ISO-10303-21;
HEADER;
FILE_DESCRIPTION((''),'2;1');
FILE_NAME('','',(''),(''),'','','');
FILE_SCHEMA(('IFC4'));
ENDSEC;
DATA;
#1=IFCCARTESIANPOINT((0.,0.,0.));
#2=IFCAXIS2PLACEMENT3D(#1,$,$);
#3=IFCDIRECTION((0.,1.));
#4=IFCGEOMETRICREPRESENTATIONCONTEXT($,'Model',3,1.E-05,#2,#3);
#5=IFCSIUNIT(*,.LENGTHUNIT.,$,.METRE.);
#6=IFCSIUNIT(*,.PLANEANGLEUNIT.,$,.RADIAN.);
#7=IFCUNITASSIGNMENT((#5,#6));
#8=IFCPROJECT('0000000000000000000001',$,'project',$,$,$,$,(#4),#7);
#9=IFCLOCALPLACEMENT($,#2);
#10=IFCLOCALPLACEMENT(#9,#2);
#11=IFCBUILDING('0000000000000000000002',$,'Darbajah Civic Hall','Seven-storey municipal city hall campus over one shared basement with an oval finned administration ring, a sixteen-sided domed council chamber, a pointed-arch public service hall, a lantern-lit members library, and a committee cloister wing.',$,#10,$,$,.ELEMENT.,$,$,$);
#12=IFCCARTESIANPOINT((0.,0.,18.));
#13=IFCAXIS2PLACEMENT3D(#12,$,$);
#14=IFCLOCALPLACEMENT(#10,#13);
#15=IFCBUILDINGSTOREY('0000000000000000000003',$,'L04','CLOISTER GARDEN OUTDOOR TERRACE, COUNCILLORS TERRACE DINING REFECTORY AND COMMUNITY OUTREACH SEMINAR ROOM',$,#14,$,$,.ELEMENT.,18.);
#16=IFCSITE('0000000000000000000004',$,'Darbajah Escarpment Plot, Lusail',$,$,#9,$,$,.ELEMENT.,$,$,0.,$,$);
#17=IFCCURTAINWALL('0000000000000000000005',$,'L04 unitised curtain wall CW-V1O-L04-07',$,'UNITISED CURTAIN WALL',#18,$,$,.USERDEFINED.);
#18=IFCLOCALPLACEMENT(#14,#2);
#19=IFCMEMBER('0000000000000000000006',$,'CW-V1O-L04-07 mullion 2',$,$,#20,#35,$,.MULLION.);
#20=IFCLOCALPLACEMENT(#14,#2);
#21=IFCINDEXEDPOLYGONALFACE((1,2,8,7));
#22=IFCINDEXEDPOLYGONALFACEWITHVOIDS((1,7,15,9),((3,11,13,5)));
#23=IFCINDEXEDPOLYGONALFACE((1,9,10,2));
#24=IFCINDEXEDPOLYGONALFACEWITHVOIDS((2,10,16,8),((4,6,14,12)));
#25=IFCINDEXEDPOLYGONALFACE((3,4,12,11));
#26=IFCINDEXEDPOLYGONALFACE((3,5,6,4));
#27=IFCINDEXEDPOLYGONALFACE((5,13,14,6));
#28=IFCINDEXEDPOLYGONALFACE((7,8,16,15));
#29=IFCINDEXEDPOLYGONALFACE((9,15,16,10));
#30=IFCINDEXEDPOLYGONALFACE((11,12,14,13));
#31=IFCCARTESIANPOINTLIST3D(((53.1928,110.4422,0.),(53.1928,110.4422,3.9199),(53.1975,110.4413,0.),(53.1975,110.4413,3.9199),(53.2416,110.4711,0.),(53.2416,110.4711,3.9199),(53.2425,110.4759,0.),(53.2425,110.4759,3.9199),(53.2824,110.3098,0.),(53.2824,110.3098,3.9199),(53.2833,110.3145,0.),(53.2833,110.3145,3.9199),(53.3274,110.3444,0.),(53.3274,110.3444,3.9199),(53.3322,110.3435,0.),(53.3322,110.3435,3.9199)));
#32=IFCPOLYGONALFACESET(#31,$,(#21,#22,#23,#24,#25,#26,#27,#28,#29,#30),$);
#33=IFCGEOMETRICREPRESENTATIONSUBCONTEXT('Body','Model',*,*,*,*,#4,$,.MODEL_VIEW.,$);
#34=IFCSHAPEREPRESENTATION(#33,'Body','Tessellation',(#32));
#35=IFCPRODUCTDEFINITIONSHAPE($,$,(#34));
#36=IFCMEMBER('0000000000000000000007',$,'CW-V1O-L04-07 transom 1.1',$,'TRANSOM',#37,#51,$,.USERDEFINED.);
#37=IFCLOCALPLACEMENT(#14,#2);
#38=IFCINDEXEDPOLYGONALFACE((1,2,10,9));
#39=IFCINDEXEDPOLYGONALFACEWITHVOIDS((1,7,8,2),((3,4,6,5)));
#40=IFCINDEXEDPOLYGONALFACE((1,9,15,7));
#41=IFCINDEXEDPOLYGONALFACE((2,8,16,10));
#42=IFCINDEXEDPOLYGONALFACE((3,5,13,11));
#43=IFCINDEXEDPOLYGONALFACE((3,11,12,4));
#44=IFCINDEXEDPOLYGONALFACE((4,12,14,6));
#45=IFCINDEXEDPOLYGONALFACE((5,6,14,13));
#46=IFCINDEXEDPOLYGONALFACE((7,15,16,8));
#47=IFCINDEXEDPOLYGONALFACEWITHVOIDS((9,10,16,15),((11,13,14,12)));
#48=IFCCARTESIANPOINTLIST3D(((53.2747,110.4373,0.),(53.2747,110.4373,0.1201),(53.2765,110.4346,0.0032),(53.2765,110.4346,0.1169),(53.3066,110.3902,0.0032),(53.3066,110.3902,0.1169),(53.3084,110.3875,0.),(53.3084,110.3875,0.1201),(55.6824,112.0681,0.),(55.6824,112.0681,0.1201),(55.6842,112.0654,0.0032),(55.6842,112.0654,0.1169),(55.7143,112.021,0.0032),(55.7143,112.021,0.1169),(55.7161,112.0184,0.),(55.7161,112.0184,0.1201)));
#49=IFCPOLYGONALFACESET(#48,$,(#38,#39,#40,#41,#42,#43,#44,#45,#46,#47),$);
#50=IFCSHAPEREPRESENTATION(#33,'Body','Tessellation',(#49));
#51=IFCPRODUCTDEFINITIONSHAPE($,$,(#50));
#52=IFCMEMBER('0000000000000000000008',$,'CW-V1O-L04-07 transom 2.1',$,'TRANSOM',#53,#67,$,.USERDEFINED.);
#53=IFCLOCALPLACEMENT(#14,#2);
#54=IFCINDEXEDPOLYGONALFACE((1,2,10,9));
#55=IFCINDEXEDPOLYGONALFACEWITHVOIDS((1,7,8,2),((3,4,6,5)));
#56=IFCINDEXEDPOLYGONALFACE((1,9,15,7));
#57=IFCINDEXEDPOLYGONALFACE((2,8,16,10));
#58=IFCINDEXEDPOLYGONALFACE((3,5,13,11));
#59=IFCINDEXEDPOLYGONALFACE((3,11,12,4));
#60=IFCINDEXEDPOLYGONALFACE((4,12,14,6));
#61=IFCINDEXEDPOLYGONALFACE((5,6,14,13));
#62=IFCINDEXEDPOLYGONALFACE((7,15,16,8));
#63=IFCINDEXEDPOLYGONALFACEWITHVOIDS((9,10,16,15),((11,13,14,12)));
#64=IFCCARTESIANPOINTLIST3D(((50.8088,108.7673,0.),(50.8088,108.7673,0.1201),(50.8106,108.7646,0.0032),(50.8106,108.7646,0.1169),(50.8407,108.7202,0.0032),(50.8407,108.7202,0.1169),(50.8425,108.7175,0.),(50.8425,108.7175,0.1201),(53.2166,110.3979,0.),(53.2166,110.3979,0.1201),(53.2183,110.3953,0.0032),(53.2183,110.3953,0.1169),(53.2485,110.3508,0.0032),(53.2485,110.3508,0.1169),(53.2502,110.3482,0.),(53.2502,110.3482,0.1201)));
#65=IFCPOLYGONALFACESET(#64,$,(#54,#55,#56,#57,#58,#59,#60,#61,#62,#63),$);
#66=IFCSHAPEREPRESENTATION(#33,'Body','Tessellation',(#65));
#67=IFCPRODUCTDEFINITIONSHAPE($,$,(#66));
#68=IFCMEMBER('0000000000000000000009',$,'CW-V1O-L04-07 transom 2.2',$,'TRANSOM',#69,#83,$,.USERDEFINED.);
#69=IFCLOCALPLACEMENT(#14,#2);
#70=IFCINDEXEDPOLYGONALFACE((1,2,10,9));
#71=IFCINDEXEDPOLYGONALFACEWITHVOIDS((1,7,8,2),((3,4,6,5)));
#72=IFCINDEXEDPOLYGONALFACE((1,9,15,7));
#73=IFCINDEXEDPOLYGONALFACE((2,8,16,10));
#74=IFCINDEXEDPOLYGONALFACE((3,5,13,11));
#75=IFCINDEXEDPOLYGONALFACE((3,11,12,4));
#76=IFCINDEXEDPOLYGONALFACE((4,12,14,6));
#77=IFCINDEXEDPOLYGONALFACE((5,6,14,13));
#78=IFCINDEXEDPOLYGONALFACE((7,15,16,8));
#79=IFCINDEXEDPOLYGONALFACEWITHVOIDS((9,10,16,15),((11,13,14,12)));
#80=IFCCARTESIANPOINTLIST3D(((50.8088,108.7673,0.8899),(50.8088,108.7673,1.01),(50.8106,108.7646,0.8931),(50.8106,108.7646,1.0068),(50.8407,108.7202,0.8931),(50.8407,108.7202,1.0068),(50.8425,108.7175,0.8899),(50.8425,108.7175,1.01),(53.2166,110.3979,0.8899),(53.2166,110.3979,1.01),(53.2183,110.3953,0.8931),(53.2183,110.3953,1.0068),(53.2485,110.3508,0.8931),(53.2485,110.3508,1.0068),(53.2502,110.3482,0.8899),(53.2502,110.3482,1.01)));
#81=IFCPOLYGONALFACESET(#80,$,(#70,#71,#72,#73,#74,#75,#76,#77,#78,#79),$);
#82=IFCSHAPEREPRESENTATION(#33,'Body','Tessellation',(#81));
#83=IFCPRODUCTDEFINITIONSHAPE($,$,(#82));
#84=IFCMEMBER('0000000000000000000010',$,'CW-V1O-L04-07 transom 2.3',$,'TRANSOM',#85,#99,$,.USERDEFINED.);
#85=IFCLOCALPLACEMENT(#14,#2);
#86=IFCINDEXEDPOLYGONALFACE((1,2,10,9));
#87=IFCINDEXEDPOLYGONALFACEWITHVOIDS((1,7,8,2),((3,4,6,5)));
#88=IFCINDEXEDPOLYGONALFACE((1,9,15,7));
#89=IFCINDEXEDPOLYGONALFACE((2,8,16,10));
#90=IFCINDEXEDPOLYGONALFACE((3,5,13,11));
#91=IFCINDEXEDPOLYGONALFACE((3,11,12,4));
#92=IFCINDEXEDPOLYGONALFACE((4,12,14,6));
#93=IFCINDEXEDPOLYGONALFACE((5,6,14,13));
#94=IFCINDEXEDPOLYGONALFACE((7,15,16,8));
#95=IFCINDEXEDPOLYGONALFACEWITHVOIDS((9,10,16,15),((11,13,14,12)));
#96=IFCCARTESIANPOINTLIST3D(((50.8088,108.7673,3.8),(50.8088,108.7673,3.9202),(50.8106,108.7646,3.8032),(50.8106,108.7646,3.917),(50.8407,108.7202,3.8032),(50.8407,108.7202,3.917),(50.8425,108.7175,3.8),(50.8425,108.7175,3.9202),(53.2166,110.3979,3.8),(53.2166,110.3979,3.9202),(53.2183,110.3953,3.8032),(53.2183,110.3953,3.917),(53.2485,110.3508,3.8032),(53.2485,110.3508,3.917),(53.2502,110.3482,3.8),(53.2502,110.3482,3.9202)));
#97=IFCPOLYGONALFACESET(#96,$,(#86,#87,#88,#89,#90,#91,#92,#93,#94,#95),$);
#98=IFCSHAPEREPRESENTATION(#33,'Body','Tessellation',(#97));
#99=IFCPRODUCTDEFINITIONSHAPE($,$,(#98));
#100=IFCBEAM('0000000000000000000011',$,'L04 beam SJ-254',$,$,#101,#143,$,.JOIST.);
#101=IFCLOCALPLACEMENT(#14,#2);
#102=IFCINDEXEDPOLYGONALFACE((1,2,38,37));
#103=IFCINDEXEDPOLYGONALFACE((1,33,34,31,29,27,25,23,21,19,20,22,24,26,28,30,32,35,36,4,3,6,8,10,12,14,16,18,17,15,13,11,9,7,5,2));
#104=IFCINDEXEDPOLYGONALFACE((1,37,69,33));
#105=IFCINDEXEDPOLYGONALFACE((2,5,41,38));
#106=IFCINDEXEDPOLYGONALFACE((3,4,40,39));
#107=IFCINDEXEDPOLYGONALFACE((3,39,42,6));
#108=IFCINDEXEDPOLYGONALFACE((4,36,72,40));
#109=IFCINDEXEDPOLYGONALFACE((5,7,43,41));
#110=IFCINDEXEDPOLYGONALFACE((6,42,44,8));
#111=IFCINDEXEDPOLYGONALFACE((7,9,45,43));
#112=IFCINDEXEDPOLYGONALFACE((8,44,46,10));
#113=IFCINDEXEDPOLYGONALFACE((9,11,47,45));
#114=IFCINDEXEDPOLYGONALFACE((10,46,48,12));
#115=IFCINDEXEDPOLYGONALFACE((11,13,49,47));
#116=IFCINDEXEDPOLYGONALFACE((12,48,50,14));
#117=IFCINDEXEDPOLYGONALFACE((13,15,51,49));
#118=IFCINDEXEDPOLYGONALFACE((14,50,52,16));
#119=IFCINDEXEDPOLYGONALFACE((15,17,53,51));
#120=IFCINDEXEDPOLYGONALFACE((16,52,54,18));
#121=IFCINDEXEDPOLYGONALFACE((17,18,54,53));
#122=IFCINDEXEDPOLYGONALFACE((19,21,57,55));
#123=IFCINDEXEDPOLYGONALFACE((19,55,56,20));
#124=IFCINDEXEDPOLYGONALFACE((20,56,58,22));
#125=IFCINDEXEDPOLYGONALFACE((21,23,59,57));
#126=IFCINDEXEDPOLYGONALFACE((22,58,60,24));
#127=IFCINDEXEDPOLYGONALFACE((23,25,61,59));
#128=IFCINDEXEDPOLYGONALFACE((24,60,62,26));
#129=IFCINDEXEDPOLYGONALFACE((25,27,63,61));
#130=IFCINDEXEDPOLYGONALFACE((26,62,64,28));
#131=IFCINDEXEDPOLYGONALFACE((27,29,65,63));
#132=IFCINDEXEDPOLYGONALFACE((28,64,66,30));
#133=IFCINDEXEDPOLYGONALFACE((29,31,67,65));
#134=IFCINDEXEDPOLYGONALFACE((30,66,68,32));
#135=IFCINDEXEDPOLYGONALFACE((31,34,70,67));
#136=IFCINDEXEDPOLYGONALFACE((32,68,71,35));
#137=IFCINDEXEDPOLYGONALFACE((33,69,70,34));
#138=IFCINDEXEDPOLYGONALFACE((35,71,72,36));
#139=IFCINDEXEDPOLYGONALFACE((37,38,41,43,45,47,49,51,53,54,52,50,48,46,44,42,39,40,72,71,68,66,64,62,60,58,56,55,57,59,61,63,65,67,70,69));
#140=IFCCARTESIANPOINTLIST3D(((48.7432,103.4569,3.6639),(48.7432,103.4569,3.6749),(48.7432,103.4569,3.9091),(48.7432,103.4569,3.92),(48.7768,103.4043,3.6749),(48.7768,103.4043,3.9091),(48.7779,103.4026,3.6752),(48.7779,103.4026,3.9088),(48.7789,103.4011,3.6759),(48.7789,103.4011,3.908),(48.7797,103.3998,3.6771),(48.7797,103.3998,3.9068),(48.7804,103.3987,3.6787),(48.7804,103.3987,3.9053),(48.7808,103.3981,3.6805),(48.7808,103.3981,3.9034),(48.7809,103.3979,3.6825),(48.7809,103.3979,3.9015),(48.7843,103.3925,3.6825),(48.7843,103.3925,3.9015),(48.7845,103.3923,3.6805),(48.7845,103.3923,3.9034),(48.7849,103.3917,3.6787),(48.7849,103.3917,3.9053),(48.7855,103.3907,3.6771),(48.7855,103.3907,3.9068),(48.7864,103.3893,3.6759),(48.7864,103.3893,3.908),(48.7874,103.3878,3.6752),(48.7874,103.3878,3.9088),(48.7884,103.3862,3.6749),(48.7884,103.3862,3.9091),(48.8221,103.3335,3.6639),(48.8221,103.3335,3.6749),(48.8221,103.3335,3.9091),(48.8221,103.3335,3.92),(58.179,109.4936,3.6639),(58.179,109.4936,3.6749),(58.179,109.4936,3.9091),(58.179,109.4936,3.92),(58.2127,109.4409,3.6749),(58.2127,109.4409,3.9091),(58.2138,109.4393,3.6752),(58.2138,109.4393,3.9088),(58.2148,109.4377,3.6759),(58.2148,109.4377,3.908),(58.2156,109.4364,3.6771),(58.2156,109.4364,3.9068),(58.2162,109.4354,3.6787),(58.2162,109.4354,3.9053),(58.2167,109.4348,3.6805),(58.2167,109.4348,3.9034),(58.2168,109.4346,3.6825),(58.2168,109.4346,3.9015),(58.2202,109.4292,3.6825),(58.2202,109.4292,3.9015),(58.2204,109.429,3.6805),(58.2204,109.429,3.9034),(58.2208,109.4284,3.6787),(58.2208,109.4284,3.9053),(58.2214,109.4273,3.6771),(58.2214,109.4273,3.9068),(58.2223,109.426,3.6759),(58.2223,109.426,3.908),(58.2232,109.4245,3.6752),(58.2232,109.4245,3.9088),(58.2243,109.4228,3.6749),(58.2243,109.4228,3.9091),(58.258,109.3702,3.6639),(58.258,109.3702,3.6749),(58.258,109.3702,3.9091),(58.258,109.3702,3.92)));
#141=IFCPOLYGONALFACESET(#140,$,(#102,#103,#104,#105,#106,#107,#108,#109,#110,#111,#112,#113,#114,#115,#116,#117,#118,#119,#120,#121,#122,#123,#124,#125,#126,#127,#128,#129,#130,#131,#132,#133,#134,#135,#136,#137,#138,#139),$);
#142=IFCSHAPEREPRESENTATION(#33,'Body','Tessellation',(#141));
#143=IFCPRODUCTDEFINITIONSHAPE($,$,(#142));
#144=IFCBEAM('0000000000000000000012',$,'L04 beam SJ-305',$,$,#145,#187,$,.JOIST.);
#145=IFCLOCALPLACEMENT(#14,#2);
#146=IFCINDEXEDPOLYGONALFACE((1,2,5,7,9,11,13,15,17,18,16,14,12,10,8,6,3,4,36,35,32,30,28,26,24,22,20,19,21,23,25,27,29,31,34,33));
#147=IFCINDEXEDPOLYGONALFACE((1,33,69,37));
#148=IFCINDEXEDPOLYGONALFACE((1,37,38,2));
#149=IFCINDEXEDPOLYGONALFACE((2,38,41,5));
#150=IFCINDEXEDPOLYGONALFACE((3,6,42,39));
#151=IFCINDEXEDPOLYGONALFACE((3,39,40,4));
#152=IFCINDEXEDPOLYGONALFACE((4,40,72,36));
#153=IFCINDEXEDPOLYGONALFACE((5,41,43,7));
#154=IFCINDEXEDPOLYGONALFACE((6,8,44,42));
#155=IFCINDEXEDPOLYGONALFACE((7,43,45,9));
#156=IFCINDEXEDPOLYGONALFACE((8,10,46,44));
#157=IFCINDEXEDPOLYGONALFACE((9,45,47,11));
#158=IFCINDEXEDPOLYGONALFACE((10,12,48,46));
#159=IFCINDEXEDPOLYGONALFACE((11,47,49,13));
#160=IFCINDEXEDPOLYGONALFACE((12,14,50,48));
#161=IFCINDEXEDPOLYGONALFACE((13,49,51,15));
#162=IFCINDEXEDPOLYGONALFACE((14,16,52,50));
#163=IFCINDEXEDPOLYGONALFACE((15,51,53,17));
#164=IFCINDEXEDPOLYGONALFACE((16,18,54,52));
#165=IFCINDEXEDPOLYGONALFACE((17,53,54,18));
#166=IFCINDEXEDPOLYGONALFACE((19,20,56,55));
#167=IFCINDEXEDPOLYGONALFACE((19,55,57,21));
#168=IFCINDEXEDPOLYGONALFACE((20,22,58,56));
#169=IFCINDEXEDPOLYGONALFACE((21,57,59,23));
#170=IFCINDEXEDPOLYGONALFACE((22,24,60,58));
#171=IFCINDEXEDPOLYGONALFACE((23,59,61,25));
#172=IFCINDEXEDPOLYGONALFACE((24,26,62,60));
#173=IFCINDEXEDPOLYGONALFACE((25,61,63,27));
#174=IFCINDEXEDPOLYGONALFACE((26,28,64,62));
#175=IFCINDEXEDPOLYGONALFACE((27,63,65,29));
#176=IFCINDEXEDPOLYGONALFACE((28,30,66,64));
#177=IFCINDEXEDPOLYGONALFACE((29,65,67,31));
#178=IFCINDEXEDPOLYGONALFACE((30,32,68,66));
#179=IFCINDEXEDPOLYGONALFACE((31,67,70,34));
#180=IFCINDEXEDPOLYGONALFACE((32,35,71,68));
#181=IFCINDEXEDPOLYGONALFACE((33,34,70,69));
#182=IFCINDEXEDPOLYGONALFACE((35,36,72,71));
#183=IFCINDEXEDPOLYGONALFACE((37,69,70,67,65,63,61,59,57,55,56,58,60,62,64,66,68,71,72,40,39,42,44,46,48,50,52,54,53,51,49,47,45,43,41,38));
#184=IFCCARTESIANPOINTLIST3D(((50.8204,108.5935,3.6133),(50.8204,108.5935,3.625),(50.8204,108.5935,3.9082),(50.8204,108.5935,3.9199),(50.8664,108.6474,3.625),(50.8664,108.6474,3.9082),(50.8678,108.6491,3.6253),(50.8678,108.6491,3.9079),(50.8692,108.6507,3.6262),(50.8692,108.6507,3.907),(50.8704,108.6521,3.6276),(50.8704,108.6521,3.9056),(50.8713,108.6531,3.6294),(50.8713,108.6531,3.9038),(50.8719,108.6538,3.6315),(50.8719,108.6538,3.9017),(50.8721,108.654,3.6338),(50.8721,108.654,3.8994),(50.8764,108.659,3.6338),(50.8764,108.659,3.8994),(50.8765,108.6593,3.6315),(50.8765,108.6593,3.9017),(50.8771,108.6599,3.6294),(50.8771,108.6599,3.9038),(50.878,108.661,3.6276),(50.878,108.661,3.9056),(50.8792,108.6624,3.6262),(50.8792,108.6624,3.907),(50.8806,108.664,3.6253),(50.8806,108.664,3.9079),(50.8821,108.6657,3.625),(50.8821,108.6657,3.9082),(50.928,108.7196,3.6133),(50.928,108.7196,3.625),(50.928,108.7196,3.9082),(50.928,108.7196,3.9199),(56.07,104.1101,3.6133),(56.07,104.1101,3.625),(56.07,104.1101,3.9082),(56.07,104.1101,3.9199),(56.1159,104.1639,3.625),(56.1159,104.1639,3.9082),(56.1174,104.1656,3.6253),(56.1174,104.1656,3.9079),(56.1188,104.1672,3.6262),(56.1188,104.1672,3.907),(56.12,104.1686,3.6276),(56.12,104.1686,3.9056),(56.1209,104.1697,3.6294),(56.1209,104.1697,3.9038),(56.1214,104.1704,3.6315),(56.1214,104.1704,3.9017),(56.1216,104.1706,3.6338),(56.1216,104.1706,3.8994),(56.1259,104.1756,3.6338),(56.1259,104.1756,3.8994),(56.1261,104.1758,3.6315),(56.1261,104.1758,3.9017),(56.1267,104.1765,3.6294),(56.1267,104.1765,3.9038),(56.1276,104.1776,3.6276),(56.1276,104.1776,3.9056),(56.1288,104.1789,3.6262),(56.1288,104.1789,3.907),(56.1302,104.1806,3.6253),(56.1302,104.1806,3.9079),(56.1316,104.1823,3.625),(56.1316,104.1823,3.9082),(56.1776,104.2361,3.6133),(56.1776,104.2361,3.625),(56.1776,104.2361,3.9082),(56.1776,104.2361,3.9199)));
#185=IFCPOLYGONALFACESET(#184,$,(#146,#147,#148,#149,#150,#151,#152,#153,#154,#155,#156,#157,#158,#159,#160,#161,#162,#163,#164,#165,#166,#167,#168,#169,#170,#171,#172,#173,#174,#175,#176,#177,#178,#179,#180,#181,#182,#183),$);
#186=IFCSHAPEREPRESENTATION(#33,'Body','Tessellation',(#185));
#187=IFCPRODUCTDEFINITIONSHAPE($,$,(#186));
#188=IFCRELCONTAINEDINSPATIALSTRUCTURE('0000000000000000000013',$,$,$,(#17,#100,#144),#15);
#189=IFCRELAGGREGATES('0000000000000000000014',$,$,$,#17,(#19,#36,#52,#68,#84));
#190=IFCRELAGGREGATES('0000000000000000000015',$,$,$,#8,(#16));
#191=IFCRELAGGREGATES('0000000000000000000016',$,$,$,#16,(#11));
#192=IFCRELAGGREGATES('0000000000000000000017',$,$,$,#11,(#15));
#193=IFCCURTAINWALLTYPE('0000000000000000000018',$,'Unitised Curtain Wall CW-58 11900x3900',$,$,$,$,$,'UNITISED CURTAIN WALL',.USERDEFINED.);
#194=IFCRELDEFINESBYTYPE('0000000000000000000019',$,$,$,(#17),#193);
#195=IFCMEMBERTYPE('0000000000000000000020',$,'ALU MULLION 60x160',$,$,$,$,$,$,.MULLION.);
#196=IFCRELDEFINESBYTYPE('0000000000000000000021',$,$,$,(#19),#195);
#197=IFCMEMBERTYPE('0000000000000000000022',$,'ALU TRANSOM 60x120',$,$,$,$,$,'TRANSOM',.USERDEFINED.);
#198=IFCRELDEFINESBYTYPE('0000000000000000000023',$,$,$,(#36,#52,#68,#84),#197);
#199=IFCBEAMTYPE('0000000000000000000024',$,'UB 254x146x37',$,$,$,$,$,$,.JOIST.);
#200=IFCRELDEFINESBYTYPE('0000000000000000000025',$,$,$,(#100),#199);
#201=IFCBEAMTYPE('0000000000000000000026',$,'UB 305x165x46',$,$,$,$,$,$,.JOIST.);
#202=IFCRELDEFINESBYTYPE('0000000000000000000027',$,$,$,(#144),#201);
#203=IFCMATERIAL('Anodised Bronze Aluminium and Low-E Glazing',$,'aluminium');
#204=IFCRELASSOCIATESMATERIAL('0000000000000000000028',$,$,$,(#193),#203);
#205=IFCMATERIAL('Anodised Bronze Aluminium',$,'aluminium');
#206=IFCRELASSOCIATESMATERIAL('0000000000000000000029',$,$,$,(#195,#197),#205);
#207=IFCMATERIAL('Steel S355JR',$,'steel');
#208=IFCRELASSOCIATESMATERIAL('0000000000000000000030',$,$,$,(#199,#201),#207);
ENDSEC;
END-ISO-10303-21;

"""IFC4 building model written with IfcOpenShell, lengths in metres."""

from ifc_helpers import new_model, si_unit, direction, frame, origin, origin_2d, place, context, subcontext, project, spatial, hollow_rectangle, i_section, extrude, material, material_profile, profile_set, type_object, element, aggregate, save


model = new_model("IFC4")

# Units and contexts
model_context = context("Model", 3, precision=1e-05, world=origin(), true_north=direction((0.0, 1.0)))
body_context = subcontext(model_context, "Body", "Model", "MODEL_VIEW")
ifc_project = project(units=[si_unit("LENGTHUNIT", "METRE"), si_unit("PLANEANGLEUNIT", "RADIAN")], contexts=[model_context])

# Site, building, storey
site_placement = place(None, origin())
site = spatial("IfcSite", under=ifc_project, at=site_placement, Name="Darbajah Escarpment Plot, Lusail", CompositionType="ELEMENT", RefElevation=0.0)
building_placement = place(site_placement, origin())
building = spatial("IfcBuilding", under=site, at=building_placement, Name="Darbajah Civic Hall", Description="Seven-storey municipal city hall campus over one shared basement with an oval finned administration ring, a sixteen-sided domed council chamber, a pointed-arch public service hall, a lantern-lit members library, and a committee cloister wing.", CompositionType="ELEMENT")
storey_placement = place(building_placement, frame((0.0, 0.0, 18.0)))
storey = spatial("IfcBuildingStorey", under=building, at=storey_placement, Name="L04", Description="CLOISTER GARDEN OUTDOOR TERRACE, COUNCILLORS TERRACE DINING REFECTORY AND COMMUNITY OUTREACH SEMINAR ROOM", CompositionType="ELEMENT", Elevation=18.0)

# Curtain wall, members
ifc_material_1 = material(Name="Anodised Bronze Aluminium and Low-E Glazing", Category="aluminium")
curtain_wall_type = type_object("IfcCurtainWallType", Name="Unitised Curtain Wall CW-58 11900x3900", ElementType="UNITISED CURTAIN WALL", PredefinedType="USERDEFINED", material=ifc_material_1)
curtain_wall_placement = place(storey_placement, origin())
curtain_wall = element("IfcCurtainWall", 1, at=curtain_wall_placement, inside=storey, type_object=curtain_wall_type, Name="L04 unitised curtain wall CW-V1O-L04-07", ObjectType="UNITISED CURTAIN WALL", PredefinedType="USERDEFINED")
ifc_material_2 = material(Name="Anodised Bronze Aluminium", Category="aluminium")
ifc_material_profile_1 = material_profile(ifc_material_2, hollow_rectangle(XDim=0.0601, YDim=0.1599, WallThickness=0.0034, at=origin_2d()), Name="ALU MULLION 60x160")
ifc_profile_set_1 = profile_set([ifc_material_profile_1], Name="Anodised Bronze Aluminium")
member_type_1 = type_object("IfcMemberType", Name="ALU MULLION 60x160", PredefinedType="MULLION", material=ifc_profile_set_1)
member_1_placement = place(storey_placement, frame((53.2625, 110.3928, 0.0), z_axis=(0.0, 0.0, 1.0), x_axis=(-0.827962, -0.560784, 0.0)))
member_1 = element("IfcMember", 2, at=member_1_placement, type_object=member_type_1, Name="CW-V1O-L04-07 mullion 2", PredefinedType="MULLION", context=body_context, shape_type="SweptSolid", body=[
    extrude(hollow_rectangle(XDim=0.0601, YDim=0.1599, WallThickness=0.0034, at=origin_2d()), origin(), (0.0, 0.0, 1.0), 3.9199),
])
ifc_material_profile_2 = material_profile(ifc_material_2, hollow_rectangle(XDim=0.0601, YDim=0.1201, WallThickness=0.0032, at=origin_2d()), Name="ALU TRANSOM 60x120")
ifc_profile_set_2 = profile_set([ifc_material_profile_2], Name="Anodised Bronze Aluminium")
member_type_2 = type_object("IfcMemberType", Name="ALU TRANSOM 60x120", ElementType="TRANSOM", PredefinedType="USERDEFINED", material=ifc_profile_set_2)
member_2_placement = place(storey_placement, frame((55.6992, 112.0432, 0.0601), z_axis=(-0.827946, -0.560807, 0.0), x_axis=(0.560807, -0.827946, 0.0)))
member_2 = element("IfcMember", 3, at=member_2_placement, type_object=member_type_2, Name="CW-V1O-L04-07 transom 1.1", ObjectType="TRANSOM", PredefinedType="USERDEFINED", context=body_context, shape_type="SweptSolid", body=[
    extrude(hollow_rectangle(XDim=0.0601, YDim=0.1201, WallThickness=0.0032, at=origin_2d()), origin(), (0.0, 0.0, 1.0), 2.908),
])
member_3_placement = place(storey_placement, frame((53.2334, 110.373, 0.0601), z_axis=(-0.827985, -0.56075, 0.0), x_axis=(0.56075, -0.827985, 0.0)))
member_3 = element("IfcMember", 4, at=member_3_placement, type_object=member_type_2, Name="CW-V1O-L04-07 transom 2.1", ObjectType="TRANSOM", PredefinedType="USERDEFINED", context=body_context, shape_type="SweptSolid", body=[
    extrude(hollow_rectangle(XDim=0.0601, YDim=0.1201, WallThickness=0.0032, at=origin_2d()), origin(), (0.0, 0.0, 1.0), 2.908),
])
member_4_placement = place(storey_placement, frame((53.2334, 110.373, 0.95), z_axis=(-0.827985, -0.56075, 0.0), x_axis=(0.56075, -0.827985, 0.0)))
member_4 = element("IfcMember", 5, at=member_4_placement, type_object=member_type_2, Name="CW-V1O-L04-07 transom 2.2", ObjectType="TRANSOM", PredefinedType="USERDEFINED", context=body_context, shape_type="SweptSolid", body=[
    extrude(hollow_rectangle(XDim=0.0601, YDim=0.1201, WallThickness=0.0032, at=origin_2d()), origin(), (0.0, 0.0, 1.0), 2.908),
])
member_5_placement = place(storey_placement, frame((53.2334, 110.373, 3.8601), z_axis=(-0.827985, -0.56075, 0.0), x_axis=(0.56075, -0.827985, 0.0)))
member_5 = element("IfcMember", 6, at=member_5_placement, type_object=member_type_2, Name="CW-V1O-L04-07 transom 2.3", ObjectType="TRANSOM", PredefinedType="USERDEFINED", context=body_context, shape_type="SweptSolid", body=[
    extrude(hollow_rectangle(XDim=0.0601, YDim=0.1201, WallThickness=0.0032, at=origin_2d()), origin(), (0.0, 0.0, 1.0), 2.908),
])

# Beams
ifc_material_3 = material(Name="Steel S355JR", Category="steel")
ifc_material_profile_3 = material_profile(ifc_material_3, i_section(OverallWidth=0.1465, OverallDepth=0.2561, WebThickness=0.0063, FlangeThickness=0.011, FilletRadius=0.0076, at=origin_2d()), Name="UB 254x146x37")
ifc_profile_set_3 = profile_set([ifc_material_profile_3], Name="Steel S355JR")
beam_type_1 = type_object("IfcBeamType", Name="UB 254x146x37", PredefinedType="JOIST", material=ifc_profile_set_3)
beam_1_placement = place(storey_placement, frame((58.2185, 109.4319, 3.792), z_axis=(-0.842364, -0.538909, 0.0), x_axis=(0.538909, -0.842364, 0.0)))
element("IfcBeam", 7, at=beam_1_placement, inside=storey, type_object=beam_type_1, Name="L04 beam SJ-254", PredefinedType="JOIST", context=body_context, shape_type="SweptSolid", body=[
    extrude(i_section(OverallWidth=0.1465, OverallDepth=0.2561, WebThickness=0.0063, FlangeThickness=0.011, FilletRadius=0.0076, at=origin_2d()), origin(), (0.0, 0.0, 1.0), 11.2017),
])
ifc_material_profile_4 = material_profile(ifc_material_3, i_section(OverallWidth=0.1658, OverallDepth=0.3066, WebThickness=0.0066, FlangeThickness=0.0117, FilletRadius=0.0088, at=origin_2d()), Name="UB 305x165x46")
ifc_profile_set_4 = profile_set([ifc_material_profile_4], Name="Steel S355JR")
beam_type_2 = type_object("IfcBeamType", Name="UB 305x165x46", PredefinedType="JOIST", material=ifc_profile_set_4)
beam_2_placement = place(storey_placement, frame((56.1238, 104.1731, 3.7666), z_axis=(-0.760414, 0.649439, 0.0), x_axis=(-0.649439, -0.760414, 0.0)))
element("IfcBeam", 8, at=beam_2_placement, inside=storey, type_object=beam_type_2, Name="L04 beam SJ-305", PredefinedType="JOIST", context=body_context, shape_type="SweptSolid", body=[
    extrude(i_section(OverallWidth=0.1658, OverallDepth=0.3066, WebThickness=0.0066, FlangeThickness=0.0117, FilletRadius=0.0088, at=origin_2d()), origin(), (0.0, 0.0, 1.0), 6.9036),
])

aggregate(curtain_wall, [member_1, member_2, member_3, member_4, member_5])

save(model, "model.ifc")
